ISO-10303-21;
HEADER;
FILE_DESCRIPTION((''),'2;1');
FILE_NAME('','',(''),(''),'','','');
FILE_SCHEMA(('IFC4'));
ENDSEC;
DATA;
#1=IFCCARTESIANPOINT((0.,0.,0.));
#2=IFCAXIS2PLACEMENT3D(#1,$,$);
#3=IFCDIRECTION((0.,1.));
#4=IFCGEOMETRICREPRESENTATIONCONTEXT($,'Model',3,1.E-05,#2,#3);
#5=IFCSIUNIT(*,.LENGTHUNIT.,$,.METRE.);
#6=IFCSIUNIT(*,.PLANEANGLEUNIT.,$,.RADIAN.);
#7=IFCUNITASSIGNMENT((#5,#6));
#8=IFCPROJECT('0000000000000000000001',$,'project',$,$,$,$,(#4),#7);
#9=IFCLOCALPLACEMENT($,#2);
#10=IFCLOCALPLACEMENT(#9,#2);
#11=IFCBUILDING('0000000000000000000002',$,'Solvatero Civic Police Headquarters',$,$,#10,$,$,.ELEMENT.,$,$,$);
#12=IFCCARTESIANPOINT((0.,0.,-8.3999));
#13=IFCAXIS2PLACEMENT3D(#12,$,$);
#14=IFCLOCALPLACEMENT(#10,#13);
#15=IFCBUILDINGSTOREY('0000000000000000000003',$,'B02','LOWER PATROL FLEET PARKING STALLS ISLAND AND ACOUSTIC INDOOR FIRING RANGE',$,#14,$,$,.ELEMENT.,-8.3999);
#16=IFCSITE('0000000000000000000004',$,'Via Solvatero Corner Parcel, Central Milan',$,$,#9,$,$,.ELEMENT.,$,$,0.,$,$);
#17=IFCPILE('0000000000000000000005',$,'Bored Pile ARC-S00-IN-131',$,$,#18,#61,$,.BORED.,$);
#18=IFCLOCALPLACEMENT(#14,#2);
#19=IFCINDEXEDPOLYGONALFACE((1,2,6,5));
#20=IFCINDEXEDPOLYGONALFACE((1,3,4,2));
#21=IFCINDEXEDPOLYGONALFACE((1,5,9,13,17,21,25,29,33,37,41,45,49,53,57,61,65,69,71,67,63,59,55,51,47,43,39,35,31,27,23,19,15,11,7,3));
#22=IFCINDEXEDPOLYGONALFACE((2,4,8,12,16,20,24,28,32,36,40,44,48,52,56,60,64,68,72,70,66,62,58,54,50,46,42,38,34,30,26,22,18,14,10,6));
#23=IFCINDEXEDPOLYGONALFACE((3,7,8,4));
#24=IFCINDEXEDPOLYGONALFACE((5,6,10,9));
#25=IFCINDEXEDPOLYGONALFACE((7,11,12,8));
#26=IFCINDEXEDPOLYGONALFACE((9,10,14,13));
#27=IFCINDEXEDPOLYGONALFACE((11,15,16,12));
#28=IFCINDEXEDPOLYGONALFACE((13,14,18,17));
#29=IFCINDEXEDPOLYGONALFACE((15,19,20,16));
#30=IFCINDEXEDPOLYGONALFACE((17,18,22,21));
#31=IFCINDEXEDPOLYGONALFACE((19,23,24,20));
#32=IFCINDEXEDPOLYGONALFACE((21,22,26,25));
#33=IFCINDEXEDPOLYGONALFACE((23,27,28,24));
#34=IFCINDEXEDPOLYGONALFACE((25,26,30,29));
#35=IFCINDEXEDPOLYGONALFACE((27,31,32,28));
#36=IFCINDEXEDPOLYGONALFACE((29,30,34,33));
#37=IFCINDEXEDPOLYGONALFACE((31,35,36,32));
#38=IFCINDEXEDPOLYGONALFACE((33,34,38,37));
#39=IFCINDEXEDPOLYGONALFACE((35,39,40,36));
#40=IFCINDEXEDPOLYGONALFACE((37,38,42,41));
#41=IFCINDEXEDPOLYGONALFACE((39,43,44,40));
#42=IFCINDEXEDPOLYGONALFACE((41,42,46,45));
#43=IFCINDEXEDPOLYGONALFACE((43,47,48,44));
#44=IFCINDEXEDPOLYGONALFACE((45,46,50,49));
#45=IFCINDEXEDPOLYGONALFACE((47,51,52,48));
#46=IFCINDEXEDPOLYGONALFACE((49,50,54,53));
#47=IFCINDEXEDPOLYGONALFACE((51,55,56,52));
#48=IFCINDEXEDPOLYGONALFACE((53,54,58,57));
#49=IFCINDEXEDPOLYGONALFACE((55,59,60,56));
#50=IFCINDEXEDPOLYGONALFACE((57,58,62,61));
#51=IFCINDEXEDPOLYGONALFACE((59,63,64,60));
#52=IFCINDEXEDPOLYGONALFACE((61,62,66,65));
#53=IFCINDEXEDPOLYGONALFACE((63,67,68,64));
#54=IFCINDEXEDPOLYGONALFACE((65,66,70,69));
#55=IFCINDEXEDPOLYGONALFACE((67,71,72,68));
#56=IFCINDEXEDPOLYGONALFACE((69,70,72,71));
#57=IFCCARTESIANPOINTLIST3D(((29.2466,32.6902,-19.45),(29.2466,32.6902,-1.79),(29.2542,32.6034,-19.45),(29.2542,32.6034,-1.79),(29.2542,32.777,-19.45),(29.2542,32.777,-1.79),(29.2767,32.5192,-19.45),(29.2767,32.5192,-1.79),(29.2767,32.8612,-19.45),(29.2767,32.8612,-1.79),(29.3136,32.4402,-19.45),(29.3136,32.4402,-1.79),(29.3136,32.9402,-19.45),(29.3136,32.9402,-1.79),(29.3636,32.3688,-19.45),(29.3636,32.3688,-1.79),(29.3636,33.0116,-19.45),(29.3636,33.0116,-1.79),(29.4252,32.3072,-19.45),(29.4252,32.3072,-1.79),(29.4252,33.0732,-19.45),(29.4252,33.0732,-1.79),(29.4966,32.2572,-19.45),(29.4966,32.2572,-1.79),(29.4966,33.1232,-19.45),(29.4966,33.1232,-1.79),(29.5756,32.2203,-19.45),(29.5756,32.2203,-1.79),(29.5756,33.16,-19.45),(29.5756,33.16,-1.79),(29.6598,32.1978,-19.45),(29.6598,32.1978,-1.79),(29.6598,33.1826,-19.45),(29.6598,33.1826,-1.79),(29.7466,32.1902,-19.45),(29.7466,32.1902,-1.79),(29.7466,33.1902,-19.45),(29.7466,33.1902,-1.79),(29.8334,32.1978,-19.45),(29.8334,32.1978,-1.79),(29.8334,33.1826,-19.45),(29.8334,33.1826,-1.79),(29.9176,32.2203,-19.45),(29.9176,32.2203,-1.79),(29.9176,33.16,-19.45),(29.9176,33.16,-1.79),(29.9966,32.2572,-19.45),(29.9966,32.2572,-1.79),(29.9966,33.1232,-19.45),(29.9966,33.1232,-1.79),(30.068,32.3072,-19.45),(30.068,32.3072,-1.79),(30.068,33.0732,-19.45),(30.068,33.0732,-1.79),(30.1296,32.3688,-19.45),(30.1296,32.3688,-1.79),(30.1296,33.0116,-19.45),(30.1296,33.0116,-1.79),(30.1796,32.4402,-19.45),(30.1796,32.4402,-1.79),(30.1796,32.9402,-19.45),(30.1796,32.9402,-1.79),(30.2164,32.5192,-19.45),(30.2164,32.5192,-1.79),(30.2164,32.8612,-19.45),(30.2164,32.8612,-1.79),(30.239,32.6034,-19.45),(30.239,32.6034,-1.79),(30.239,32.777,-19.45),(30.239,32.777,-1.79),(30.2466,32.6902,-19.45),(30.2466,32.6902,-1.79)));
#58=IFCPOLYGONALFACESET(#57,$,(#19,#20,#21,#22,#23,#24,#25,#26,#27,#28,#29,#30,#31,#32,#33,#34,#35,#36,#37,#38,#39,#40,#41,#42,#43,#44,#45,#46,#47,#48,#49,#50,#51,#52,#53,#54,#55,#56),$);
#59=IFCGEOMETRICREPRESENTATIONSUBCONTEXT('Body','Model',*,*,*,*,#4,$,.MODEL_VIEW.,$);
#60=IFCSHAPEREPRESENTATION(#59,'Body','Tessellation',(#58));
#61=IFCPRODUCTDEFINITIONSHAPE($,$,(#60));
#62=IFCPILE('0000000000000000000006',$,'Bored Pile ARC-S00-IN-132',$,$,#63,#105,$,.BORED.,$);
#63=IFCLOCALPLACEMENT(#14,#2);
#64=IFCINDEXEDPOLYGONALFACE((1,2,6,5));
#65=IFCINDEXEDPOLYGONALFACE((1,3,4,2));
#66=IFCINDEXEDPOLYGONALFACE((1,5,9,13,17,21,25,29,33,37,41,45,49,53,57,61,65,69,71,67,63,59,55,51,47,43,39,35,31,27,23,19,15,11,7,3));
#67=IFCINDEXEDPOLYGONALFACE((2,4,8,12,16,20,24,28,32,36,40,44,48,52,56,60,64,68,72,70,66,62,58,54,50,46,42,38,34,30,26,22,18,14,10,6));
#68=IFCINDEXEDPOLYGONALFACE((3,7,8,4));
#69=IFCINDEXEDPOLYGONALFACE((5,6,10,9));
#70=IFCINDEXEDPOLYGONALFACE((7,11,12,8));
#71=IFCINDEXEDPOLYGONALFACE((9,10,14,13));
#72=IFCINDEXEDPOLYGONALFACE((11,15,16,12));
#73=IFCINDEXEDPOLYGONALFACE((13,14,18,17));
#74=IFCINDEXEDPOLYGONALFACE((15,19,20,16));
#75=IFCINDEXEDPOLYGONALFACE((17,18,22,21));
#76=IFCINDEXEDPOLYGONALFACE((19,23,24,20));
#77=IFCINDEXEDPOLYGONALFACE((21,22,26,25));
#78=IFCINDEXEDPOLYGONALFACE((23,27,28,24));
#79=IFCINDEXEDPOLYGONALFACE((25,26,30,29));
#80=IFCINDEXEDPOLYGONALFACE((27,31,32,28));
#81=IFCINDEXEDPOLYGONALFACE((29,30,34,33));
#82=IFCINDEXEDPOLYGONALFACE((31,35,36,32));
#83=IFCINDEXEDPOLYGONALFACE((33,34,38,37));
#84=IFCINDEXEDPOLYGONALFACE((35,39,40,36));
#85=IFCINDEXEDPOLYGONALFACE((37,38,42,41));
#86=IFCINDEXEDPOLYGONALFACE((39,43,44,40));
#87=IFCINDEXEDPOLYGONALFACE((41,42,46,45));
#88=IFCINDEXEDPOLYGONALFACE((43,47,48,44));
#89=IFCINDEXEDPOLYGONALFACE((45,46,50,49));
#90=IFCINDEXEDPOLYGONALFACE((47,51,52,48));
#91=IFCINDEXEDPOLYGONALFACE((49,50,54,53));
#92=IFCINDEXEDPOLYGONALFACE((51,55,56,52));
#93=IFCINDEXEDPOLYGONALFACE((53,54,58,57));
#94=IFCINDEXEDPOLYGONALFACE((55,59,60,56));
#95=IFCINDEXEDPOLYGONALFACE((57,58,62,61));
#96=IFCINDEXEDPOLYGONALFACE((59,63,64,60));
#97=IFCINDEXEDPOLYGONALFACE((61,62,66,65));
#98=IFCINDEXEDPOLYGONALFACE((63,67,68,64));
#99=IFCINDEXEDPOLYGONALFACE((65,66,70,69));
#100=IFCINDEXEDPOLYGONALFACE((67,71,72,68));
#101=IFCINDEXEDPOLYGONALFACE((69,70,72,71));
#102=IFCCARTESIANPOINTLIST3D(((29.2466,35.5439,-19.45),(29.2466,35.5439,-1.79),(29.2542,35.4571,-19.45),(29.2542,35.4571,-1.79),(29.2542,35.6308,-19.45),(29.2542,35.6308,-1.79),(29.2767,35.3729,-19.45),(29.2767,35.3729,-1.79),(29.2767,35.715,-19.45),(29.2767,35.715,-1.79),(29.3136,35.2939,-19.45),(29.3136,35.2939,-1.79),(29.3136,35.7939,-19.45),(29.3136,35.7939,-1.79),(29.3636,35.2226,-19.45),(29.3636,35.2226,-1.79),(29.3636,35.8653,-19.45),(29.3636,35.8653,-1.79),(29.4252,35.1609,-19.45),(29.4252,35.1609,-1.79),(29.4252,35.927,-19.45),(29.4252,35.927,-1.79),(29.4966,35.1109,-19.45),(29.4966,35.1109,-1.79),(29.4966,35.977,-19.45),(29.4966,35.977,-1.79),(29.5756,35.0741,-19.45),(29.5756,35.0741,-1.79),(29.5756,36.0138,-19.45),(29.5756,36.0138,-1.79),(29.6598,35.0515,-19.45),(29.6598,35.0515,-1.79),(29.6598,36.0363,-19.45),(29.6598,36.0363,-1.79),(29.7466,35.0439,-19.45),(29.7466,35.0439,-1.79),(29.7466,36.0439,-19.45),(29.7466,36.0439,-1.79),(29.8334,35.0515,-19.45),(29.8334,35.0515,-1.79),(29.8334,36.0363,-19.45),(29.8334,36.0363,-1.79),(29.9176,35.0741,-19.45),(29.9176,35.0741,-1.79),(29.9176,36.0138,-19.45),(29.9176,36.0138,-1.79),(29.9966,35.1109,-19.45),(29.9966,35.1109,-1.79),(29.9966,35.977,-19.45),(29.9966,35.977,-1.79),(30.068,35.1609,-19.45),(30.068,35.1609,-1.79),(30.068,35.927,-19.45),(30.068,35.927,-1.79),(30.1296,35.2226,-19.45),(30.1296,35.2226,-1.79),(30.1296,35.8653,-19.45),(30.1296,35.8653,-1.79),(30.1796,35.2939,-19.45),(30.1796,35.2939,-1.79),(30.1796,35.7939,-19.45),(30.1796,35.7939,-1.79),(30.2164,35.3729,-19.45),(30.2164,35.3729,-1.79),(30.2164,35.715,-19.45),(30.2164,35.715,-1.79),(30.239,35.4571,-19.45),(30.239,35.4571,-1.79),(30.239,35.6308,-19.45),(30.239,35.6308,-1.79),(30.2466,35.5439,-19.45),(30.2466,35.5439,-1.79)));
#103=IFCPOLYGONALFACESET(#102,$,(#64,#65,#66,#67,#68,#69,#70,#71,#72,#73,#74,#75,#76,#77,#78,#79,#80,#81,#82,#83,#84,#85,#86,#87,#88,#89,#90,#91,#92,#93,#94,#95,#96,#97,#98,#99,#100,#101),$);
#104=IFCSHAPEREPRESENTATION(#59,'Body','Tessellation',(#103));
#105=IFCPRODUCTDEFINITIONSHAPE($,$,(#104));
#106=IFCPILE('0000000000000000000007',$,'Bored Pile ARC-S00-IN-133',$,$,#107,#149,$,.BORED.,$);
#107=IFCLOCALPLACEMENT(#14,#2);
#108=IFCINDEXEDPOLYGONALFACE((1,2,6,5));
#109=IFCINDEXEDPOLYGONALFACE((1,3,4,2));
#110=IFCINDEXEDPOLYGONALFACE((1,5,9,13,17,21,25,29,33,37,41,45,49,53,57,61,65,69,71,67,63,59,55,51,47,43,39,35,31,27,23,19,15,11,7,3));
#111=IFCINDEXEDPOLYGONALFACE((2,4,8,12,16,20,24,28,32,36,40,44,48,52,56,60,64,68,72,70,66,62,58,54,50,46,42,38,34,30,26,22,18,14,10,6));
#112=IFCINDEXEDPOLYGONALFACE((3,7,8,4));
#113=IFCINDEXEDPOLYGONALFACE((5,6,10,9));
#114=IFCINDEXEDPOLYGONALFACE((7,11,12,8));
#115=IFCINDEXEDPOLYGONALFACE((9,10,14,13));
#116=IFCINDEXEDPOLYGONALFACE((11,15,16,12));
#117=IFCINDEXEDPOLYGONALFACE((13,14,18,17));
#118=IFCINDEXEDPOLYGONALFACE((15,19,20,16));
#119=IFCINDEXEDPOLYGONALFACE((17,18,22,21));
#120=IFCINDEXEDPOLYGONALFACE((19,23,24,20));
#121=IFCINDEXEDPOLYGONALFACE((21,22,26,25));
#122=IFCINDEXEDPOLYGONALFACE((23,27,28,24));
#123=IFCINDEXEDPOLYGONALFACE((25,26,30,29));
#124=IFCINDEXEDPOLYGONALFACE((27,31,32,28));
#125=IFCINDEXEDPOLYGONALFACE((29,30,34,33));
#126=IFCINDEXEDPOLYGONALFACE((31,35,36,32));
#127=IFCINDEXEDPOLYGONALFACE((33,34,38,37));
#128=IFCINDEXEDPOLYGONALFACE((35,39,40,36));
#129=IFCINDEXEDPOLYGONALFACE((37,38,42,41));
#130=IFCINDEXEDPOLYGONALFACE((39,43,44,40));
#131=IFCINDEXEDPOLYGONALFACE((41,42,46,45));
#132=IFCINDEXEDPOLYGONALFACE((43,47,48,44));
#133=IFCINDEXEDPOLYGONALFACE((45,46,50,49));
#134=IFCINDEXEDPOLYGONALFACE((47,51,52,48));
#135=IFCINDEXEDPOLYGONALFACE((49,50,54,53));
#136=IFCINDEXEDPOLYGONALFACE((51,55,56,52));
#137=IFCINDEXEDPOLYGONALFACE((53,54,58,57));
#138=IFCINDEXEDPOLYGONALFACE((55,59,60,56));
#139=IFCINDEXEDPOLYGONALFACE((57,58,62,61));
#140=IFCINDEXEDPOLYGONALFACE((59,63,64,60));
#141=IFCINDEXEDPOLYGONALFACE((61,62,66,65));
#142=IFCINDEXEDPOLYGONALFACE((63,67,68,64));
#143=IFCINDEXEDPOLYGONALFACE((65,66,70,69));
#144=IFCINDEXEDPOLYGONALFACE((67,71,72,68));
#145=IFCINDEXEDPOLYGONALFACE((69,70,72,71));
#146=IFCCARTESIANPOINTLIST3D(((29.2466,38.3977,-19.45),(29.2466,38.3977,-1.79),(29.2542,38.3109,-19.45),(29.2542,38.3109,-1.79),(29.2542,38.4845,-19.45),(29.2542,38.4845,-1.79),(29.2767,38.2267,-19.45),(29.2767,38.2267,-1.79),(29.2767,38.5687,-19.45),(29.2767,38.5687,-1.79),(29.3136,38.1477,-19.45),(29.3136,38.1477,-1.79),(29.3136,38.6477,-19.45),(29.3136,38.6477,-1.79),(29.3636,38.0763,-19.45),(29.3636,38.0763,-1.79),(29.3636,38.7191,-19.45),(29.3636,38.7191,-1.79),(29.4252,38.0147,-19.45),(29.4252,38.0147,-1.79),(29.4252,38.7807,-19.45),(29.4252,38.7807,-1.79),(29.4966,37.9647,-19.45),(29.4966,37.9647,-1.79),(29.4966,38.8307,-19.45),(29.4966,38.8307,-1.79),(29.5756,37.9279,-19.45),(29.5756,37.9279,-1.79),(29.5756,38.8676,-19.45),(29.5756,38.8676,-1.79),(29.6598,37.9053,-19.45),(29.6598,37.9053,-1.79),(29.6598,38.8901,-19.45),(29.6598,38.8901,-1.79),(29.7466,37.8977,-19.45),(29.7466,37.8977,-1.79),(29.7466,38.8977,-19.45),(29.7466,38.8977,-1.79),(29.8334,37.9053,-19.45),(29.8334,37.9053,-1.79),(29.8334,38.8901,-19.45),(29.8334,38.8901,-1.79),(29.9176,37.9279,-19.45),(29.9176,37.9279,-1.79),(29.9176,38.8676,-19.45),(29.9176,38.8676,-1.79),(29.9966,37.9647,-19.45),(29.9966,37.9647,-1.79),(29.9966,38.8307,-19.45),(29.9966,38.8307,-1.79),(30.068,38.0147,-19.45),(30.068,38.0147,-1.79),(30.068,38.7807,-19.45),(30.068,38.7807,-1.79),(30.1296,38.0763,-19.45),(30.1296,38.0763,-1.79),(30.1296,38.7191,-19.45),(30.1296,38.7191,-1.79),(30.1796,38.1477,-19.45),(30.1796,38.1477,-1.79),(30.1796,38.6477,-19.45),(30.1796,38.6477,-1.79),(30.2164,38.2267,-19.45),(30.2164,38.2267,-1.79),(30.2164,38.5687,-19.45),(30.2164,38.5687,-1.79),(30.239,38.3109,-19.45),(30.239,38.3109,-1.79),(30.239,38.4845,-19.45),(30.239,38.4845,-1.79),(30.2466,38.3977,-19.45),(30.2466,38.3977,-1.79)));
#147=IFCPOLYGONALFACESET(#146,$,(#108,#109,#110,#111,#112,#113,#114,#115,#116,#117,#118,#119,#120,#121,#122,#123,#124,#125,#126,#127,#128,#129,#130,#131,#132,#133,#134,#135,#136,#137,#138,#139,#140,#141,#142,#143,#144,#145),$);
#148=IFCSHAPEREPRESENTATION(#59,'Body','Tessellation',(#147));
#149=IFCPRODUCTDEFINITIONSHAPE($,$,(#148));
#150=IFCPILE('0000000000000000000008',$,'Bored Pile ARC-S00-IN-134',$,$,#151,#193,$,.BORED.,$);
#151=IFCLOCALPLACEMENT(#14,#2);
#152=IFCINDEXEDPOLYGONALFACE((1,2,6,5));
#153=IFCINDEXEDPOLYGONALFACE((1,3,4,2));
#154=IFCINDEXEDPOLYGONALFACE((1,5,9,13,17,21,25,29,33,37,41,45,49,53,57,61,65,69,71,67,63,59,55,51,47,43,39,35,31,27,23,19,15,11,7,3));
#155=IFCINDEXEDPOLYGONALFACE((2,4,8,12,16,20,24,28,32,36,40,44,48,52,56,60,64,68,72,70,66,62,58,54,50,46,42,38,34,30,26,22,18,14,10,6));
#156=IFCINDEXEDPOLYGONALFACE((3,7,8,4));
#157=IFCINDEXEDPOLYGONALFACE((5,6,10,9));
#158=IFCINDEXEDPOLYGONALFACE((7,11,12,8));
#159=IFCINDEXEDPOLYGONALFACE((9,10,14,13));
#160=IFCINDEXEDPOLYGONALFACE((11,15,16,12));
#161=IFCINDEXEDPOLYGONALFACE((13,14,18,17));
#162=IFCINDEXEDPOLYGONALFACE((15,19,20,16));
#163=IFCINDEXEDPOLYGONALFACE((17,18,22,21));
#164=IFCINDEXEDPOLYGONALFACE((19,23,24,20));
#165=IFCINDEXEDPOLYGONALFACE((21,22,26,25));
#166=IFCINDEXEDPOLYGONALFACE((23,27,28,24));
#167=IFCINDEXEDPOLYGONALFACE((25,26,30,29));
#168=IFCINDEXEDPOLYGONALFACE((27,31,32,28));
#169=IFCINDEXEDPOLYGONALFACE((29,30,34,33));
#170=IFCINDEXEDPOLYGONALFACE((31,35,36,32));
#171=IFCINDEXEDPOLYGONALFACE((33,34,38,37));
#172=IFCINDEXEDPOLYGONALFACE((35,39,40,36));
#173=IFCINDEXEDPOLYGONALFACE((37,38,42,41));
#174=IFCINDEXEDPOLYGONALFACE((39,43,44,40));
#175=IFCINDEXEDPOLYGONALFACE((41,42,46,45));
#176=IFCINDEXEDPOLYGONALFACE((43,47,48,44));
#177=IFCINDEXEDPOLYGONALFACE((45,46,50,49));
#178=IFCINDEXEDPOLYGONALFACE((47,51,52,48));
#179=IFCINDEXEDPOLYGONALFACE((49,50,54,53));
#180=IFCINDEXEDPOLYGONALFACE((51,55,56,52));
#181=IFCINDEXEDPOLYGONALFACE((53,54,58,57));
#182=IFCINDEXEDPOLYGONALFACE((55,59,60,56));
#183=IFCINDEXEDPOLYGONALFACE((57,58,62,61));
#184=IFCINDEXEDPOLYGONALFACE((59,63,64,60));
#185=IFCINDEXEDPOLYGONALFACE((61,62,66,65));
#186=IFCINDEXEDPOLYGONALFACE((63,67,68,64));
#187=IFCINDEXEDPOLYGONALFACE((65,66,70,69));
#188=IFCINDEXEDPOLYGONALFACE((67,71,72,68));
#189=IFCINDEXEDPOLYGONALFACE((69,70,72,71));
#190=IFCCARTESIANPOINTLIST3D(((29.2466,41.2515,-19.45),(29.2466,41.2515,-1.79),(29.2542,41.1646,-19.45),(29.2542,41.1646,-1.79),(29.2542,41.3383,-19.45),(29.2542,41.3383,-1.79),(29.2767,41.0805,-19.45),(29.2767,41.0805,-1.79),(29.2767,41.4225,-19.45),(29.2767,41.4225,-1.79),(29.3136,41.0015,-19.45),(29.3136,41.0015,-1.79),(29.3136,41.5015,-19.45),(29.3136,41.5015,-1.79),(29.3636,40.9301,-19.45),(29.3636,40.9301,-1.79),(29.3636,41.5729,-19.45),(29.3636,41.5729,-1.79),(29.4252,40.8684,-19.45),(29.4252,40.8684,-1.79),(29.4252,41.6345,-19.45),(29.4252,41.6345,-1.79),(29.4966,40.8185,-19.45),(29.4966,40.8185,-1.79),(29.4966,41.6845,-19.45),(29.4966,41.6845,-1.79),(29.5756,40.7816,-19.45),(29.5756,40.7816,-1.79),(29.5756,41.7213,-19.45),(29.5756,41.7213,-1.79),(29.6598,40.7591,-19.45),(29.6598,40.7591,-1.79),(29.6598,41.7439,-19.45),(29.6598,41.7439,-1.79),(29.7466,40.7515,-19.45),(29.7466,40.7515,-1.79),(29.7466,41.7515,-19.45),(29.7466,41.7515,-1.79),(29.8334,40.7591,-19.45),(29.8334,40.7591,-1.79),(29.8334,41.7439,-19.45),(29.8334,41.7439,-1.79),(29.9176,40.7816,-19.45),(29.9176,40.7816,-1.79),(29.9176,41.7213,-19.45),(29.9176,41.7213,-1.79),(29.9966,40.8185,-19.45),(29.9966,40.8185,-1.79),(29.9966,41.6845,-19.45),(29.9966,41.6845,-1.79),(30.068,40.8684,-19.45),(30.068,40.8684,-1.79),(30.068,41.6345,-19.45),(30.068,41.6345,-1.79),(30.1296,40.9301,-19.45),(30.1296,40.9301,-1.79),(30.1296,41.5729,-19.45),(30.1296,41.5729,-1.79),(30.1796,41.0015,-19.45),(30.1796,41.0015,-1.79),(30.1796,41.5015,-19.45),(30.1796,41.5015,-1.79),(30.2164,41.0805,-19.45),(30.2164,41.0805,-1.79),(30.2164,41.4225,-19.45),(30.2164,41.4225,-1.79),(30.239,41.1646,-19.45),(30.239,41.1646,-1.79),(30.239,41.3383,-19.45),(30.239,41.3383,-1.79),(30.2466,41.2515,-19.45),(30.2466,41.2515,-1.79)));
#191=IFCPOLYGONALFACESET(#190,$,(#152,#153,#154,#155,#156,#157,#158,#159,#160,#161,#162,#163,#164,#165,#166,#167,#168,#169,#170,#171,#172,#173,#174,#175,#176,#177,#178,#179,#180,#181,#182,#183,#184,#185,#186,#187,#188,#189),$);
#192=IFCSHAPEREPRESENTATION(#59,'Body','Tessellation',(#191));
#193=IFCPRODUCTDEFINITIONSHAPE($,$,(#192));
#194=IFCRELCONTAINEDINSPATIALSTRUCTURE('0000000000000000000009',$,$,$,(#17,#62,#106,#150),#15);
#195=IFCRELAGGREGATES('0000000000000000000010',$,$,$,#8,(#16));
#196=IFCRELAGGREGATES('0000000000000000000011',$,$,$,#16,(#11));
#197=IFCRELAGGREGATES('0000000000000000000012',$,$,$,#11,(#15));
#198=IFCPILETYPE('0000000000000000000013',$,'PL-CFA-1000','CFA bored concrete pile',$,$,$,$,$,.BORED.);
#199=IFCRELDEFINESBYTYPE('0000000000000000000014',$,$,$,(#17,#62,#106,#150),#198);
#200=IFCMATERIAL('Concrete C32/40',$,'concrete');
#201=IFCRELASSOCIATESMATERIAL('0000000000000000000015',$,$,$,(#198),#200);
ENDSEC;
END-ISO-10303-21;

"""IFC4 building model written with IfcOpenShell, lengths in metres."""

from ifc_helpers import new_model, si_unit, direction, frame, origin, origin_2d, place, context, subcontext, project, spatial, circle, extrude, material, material_profile, profile_set, type_object, element, save


model = new_model("IFC4")

# Units and contexts
model_context = context("Model", 3, precision=1e-05, world=origin(), true_north=direction((0.0, 1.0)))
body_context = subcontext(model_context, "Body", "Model", "MODEL_VIEW")
ifc_project = project(units=[si_unit("LENGTHUNIT", "METRE"), si_unit("PLANEANGLEUNIT", "RADIAN")], contexts=[model_context])

# Site, building, storey
site_placement = place(None, origin())
site = spatial("IfcSite", under=ifc_project, at=site_placement, Name="Via Solvatero Corner Parcel, Central Milan", CompositionType="ELEMENT", RefElevation=0.0)
building_placement = place(site_placement, origin())
building = spatial("IfcBuilding", under=site, at=building_placement, Name="Solvatero Civic Police Headquarters", CompositionType="ELEMENT")
storey_placement = place(building_placement, frame((0.0, 0.0, -8.3999)))
storey = spatial("IfcBuildingStorey", under=building, at=storey_placement, Name="B02", Description="LOWER PATROL FLEET PARKING STALLS ISLAND AND ACOUSTIC INDOOR FIRING RANGE", CompositionType="ELEMENT", Elevation=-8.3999)

# Piles
ifc_material_1 = material(Name="Concrete C32/40", Category="concrete")
ifc_material_profile_1 = material_profile(ifc_material_1, circle(Radius=0.5, at=origin_2d()), Name="CFA PILE D1000")
ifc_profile_set_1 = profile_set([ifc_material_profile_1], Name="Concrete C32/40")
pile_type = type_object("IfcPileType", Name="PL-CFA-1000", Description="CFA bored concrete pile", PredefinedType="BORED", material=ifc_profile_set_1)
for number, where, z_axis, x_axis, name in (
    (1, (29.7466, 32.6902, -1.79), (0.0, 0.0, -1.0), (1.0, 0.0, 0.0), "Bored Pile ARC-S00-IN-131"),
    (2, (29.7466, 35.5439, -1.79), (0.0, 0.0, -1.0), (1.0, 0.0, 0.0), "Bored Pile ARC-S00-IN-132"),
    (3, (29.7466, 38.3977, -1.79), (0.0, 0.0, -1.0), (1.0, 0.0, 0.0), "Bored Pile ARC-S00-IN-133"),
    (4, (29.7466, 41.2515, -1.79), (0.0, 0.0, -1.0), (1.0, 0.0, 0.0), "Bored Pile ARC-S00-IN-134"),
):
    element("IfcPile", number, at=place(storey_placement, frame(where, z_axis=z_axis, x_axis=x_axis)), inside=storey, type_object=pile_type, Name=name, PredefinedType="BORED", context=body_context, shape_type="SweptSolid", body=[
        extrude(circle(Radius=0.5, at=origin_2d()), origin(), (0.0, 0.0, 1.0), 17.6599),
    ])

save(model, "model.ifc")
